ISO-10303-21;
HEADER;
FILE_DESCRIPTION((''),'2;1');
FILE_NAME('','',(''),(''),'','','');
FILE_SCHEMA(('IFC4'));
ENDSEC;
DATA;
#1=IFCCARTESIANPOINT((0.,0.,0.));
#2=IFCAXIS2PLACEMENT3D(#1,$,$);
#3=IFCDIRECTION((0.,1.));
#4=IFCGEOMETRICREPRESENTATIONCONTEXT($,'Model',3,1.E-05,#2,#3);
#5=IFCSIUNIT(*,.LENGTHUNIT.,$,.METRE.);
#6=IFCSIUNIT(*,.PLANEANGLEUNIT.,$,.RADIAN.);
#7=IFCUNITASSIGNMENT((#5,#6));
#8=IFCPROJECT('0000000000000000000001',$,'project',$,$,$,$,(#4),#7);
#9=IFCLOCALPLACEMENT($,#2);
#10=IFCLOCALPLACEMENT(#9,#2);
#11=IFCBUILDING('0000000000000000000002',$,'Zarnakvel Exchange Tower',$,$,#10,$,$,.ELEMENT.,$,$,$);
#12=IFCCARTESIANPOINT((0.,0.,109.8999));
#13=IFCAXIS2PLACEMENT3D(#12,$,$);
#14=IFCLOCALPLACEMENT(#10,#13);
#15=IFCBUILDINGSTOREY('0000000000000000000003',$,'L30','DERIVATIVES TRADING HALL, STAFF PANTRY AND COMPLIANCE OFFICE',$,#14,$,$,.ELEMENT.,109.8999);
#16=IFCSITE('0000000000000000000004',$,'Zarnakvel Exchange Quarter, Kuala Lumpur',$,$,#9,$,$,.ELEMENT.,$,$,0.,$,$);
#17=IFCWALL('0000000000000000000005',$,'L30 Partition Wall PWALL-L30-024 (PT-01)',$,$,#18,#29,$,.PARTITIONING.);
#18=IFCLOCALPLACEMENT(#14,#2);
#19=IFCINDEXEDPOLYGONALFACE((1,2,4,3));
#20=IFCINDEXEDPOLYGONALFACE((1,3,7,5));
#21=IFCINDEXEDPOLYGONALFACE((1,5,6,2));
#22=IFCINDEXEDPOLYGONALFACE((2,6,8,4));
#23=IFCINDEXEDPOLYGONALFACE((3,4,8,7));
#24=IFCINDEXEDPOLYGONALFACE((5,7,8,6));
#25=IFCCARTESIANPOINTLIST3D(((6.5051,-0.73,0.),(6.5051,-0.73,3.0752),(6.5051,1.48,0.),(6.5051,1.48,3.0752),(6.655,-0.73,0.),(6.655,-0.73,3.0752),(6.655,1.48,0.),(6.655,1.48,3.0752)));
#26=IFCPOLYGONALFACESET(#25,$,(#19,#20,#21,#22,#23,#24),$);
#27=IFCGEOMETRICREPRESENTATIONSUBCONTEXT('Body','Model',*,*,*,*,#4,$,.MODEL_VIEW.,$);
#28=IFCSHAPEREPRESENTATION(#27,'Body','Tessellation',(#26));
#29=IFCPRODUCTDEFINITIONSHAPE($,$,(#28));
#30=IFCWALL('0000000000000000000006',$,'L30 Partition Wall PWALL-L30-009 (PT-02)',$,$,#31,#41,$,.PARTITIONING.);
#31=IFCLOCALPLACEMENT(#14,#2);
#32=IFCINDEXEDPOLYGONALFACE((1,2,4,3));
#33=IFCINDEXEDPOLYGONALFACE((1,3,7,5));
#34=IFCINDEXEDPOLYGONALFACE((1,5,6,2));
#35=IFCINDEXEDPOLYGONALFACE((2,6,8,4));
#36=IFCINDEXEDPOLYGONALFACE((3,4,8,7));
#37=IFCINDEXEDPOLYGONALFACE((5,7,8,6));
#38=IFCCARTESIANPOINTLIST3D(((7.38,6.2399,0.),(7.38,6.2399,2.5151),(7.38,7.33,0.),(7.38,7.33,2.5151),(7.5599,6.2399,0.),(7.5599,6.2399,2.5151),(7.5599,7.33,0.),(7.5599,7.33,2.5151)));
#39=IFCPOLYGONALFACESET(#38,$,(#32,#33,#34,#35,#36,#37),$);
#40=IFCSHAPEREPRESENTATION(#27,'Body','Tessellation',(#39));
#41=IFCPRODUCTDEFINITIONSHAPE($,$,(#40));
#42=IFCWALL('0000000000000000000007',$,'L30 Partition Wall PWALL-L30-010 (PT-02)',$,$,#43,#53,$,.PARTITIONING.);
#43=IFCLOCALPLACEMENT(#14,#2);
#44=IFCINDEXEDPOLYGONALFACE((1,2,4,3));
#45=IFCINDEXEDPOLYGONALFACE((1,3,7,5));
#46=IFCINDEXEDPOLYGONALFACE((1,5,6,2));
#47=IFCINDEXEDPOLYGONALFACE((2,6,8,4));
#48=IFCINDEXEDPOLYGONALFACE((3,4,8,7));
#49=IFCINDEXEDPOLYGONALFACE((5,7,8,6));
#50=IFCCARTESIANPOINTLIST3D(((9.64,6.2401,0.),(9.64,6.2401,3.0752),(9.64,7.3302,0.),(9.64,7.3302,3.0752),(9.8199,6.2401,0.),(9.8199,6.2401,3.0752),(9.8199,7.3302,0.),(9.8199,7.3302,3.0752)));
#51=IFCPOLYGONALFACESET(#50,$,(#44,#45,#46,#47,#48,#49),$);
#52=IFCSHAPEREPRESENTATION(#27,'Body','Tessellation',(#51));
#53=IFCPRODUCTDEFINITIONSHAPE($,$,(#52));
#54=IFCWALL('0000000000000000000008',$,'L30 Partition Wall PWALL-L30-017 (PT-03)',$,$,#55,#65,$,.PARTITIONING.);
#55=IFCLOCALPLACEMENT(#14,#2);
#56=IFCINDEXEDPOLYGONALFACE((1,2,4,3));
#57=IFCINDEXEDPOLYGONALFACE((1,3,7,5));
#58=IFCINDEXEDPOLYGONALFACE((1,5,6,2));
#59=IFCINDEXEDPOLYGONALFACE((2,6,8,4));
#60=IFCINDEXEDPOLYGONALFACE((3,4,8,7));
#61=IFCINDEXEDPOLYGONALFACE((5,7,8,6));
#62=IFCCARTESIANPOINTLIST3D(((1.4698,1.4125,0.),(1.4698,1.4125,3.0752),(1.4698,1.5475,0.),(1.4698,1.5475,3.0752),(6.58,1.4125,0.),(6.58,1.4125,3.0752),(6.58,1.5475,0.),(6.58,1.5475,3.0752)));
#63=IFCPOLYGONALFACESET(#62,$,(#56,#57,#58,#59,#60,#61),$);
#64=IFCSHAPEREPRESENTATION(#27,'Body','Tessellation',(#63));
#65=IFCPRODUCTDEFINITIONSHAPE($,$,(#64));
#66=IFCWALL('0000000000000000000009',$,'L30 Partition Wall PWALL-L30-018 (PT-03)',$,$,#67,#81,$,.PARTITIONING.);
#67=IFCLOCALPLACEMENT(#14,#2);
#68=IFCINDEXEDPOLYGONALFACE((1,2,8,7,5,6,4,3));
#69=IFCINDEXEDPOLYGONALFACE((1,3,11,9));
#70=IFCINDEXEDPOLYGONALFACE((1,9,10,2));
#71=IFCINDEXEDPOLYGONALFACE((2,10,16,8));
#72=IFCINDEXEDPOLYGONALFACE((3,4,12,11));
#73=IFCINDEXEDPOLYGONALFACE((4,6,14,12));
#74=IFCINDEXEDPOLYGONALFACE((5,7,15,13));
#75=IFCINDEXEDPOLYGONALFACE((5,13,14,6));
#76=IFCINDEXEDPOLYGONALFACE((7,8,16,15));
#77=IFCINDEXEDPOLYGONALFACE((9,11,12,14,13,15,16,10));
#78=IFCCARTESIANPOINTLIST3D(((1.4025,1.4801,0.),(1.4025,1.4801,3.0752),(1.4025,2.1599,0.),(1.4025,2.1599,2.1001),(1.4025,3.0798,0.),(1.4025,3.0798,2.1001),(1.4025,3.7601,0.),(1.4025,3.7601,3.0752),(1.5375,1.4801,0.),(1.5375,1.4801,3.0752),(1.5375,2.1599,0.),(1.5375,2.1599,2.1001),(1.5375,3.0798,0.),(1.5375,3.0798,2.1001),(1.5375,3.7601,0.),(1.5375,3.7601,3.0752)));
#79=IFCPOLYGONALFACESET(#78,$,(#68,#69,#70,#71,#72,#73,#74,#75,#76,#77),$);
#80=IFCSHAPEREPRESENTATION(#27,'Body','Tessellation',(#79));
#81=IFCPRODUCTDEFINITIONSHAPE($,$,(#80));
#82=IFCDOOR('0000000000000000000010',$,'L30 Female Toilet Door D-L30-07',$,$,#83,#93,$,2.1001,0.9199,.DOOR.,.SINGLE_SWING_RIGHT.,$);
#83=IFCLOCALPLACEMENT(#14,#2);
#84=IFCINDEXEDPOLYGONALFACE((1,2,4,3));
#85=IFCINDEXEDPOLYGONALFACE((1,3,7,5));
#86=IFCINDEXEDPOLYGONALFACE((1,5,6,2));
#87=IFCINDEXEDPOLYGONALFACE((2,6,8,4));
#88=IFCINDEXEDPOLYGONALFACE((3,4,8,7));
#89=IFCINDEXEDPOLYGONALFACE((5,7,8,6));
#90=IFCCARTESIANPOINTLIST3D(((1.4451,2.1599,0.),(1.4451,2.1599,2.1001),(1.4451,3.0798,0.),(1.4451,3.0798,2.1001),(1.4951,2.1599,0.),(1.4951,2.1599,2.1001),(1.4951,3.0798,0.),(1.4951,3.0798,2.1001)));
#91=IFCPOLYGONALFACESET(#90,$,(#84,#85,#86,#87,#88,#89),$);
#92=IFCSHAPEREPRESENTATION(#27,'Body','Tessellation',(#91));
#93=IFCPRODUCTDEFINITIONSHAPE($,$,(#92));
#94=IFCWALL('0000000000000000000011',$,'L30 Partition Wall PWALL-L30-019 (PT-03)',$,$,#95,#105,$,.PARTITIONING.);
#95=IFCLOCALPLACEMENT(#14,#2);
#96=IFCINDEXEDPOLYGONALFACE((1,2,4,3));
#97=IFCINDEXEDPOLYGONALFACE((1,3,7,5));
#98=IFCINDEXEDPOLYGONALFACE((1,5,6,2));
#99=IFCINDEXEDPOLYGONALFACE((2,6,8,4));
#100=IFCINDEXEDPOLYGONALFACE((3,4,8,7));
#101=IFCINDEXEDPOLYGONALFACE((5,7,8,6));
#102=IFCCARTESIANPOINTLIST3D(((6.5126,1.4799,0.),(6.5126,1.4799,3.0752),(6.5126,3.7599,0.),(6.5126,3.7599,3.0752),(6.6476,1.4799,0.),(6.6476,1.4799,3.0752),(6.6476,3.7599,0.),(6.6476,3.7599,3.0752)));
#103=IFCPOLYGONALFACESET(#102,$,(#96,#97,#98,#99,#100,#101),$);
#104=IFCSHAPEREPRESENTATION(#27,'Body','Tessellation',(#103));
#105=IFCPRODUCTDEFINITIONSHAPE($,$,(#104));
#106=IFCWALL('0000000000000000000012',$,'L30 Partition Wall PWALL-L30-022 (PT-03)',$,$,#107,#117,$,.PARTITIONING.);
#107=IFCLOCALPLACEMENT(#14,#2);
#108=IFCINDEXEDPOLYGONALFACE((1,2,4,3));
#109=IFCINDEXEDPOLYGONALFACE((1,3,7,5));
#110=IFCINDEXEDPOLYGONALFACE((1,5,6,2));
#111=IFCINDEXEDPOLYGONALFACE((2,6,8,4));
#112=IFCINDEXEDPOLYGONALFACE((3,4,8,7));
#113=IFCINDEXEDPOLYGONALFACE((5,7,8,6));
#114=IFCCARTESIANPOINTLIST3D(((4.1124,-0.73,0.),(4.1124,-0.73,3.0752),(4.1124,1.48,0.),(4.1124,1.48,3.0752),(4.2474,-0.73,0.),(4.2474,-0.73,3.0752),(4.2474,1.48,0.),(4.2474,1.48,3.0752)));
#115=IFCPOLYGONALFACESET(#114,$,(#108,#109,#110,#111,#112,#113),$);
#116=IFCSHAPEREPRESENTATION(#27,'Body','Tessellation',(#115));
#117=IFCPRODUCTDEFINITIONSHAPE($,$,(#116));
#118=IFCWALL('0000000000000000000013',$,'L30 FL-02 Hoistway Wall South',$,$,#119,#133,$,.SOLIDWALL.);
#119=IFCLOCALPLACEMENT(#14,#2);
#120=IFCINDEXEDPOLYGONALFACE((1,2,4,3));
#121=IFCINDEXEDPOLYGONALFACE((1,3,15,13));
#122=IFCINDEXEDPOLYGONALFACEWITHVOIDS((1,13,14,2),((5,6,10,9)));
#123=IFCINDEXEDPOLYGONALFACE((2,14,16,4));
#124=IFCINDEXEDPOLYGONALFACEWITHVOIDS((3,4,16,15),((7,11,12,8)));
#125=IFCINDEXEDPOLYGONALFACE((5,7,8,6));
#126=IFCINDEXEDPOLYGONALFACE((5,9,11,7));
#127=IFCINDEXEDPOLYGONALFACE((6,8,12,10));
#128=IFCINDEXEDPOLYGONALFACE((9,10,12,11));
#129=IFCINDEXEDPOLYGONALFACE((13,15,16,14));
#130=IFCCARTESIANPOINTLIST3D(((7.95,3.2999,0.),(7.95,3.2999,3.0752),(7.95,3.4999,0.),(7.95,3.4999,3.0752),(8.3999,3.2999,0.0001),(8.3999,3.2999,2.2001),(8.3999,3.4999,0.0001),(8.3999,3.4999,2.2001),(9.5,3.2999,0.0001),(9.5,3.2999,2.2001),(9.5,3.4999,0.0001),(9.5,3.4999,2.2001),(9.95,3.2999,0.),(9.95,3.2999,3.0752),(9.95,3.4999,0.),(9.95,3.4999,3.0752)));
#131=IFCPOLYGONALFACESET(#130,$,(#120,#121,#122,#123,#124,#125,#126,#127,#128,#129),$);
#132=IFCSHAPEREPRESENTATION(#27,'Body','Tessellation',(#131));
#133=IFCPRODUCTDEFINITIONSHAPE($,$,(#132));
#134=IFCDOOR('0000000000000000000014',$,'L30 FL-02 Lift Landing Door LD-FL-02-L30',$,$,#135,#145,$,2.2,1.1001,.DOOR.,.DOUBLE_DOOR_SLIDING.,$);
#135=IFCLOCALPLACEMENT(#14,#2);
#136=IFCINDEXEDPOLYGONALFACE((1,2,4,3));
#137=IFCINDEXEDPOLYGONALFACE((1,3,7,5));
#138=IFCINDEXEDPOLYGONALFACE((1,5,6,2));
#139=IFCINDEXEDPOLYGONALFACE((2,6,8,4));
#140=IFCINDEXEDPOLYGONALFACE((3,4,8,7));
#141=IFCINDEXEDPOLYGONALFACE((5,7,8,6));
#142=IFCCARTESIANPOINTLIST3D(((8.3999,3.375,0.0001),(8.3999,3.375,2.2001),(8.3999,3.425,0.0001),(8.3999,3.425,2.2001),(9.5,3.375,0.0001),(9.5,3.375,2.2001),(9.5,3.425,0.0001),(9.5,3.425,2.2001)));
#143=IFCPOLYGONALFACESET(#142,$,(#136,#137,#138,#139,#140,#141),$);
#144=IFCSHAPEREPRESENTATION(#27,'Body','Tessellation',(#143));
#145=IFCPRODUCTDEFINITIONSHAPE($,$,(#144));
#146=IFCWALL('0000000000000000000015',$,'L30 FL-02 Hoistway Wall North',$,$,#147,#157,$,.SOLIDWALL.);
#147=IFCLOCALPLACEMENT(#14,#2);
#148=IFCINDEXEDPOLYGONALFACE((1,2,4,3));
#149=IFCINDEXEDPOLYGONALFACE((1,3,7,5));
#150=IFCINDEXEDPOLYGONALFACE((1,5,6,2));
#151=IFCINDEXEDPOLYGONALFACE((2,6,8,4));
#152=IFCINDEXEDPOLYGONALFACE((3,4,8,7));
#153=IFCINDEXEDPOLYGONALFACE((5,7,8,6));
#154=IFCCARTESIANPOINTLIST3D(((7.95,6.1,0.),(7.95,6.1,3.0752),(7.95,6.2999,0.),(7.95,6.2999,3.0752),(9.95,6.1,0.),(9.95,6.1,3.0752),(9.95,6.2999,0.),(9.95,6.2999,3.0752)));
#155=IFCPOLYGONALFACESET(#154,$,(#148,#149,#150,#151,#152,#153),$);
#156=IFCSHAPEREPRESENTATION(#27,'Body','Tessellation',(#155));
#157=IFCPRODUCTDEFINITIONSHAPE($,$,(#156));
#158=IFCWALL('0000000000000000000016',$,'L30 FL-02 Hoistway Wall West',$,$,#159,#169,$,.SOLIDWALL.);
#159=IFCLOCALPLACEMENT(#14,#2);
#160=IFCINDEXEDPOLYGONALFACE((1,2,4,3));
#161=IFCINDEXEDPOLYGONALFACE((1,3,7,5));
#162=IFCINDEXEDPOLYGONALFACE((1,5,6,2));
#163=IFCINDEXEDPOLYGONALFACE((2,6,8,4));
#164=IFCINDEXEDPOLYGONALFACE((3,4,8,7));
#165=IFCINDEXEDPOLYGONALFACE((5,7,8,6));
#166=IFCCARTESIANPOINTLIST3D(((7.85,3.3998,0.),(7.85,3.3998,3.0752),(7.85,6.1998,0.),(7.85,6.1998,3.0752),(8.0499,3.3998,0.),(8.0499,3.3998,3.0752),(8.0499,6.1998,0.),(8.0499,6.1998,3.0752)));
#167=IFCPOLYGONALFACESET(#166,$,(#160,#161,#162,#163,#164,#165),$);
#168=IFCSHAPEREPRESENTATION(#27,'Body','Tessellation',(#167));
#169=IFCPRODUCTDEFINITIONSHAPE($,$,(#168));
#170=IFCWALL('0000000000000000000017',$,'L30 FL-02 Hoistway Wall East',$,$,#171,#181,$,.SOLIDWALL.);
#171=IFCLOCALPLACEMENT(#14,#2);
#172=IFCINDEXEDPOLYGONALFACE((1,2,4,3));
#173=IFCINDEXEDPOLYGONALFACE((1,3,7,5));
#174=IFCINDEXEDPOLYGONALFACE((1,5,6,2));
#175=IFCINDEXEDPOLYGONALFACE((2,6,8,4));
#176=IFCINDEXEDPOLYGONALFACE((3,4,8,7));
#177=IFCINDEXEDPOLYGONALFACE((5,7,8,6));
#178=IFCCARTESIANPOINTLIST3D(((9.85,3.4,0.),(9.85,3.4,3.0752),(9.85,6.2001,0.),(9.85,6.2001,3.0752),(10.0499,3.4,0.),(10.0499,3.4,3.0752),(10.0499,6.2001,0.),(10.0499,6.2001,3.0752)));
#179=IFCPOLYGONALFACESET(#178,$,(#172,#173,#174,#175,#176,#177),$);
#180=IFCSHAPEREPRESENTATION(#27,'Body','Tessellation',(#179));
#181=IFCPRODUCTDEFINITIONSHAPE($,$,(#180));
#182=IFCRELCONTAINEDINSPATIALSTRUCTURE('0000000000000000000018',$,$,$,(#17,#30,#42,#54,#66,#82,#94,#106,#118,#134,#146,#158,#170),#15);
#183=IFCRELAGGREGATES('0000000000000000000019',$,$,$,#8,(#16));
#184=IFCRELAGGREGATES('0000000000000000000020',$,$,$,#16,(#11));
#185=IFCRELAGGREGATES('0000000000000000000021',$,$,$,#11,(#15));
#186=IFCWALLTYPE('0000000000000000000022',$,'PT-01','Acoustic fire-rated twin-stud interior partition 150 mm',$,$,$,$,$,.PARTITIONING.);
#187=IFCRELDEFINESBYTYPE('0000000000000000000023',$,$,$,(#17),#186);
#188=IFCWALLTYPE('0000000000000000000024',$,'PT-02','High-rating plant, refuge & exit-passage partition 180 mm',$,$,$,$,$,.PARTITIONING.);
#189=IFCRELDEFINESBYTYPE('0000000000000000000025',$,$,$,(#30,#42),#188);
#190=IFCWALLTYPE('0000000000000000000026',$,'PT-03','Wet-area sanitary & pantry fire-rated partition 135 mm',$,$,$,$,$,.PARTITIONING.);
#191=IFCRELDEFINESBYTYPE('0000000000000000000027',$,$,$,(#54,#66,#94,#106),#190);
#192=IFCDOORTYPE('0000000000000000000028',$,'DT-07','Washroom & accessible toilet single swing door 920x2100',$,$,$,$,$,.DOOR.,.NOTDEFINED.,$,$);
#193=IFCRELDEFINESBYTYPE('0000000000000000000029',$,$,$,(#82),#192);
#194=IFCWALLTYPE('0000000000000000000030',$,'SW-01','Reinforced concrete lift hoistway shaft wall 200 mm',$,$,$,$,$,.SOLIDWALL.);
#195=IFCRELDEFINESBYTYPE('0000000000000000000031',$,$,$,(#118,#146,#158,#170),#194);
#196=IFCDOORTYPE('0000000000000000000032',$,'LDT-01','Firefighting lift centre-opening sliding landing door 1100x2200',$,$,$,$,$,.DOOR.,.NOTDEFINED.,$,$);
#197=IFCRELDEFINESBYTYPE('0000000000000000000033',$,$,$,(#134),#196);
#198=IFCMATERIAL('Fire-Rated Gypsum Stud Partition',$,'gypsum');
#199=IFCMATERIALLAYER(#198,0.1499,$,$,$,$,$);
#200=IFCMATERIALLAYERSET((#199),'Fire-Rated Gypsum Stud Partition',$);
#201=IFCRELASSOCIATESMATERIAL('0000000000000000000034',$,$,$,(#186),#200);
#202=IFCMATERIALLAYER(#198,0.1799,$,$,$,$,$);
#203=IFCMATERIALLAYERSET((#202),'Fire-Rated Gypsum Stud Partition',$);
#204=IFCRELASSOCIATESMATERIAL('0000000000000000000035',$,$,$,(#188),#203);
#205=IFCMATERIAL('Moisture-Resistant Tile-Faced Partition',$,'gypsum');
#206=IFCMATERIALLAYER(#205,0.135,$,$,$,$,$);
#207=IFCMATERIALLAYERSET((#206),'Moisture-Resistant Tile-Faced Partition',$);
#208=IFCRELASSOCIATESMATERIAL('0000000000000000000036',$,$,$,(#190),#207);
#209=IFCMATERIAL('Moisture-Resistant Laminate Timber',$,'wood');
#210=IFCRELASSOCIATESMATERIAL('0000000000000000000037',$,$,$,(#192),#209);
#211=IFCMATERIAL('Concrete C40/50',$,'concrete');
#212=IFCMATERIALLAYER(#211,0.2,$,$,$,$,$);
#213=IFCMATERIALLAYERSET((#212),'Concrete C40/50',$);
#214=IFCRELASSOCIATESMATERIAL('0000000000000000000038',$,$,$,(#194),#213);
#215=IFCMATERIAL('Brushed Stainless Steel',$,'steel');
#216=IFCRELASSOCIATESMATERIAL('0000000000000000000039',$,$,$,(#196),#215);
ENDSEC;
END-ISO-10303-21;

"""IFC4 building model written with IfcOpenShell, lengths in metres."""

from ifc_helpers import new_model, si_unit, direction, frame, frame_2d, origin, place, context, subcontext, project, spatial, rectangle, extrude, source, transform, mapped, material, layer, layer_set, type_object, element, fill, save


model = new_model("IFC4")

# Units and contexts
model_context = context("Model", 3, precision=1e-05, world=origin(), true_north=direction((0.0, 1.0)))
body_context = subcontext(model_context, "Body", "Model", "MODEL_VIEW")
ifc_project = project(units=[si_unit("LENGTHUNIT", "METRE"), si_unit("PLANEANGLEUNIT", "RADIAN")], contexts=[model_context])

# Site, building, storey
site_placement = place(None, origin())
site = spatial("IfcSite", under=ifc_project, at=site_placement, Name="Zarnakvel Exchange Quarter, Kuala Lumpur", CompositionType="ELEMENT", RefElevation=0.0)
building_placement = place(site_placement, origin())
building = spatial("IfcBuilding", under=site, at=building_placement, Name="Zarnakvel Exchange Tower", CompositionType="ELEMENT")
storey_placement = place(building_placement, frame((0.0, 0.0, 109.8999)))
storey = spatial("IfcBuildingStorey", under=building, at=storey_placement, Name="L30", Description="DERIVATIVES TRADING HALL, STAFF PANTRY AND COMPLIANCE OFFICE", CompositionType="ELEMENT", Elevation=109.8999)

# Walls
ifc_material_1 = material(Name="Fire-Rated Gypsum Stud Partition", Category="gypsum")
ifc_layer_1 = layer(ifc_material_1, 0.1499)
ifc_layer_set_1 = layer_set([ifc_layer_1], Name="Fire-Rated Gypsum Stud Partition")
wall_type_1 = type_object("IfcWallType", Name="PT-01", Description="Acoustic fire-rated twin-stud interior partition 150 mm", PredefinedType="PARTITIONING", material=ifc_layer_set_1)
wall_1_placement = place(storey_placement, frame((6.5801, 1.48, 0.0), z_axis=(0.0, 0.0, 1.0), x_axis=(0.0, -1.0, 0.0)))
element("IfcWall", 1, at=wall_1_placement, inside=storey, type_object=wall_type_1, Name="L30 Partition Wall PWALL-L30-024 (PT-01)", PredefinedType="PARTITIONING", context=body_context, shape_type="SweptSolid", body=[
    extrude(rectangle(XDim=2.21, YDim=0.1499, at=frame_2d((1.105, 0.0))), origin(), (0.0, 0.0, 1.0), 3.0752),
])
ifc_layer_2 = layer(ifc_material_1, 0.1799)
ifc_layer_set_2 = layer_set([ifc_layer_2], Name="Fire-Rated Gypsum Stud Partition")
wall_type_2 = type_object("IfcWallType", Name="PT-02", Description="High-rating plant, refuge & exit-passage partition 180 mm", PredefinedType="PARTITIONING", material=ifc_layer_set_2)
wall_2_placement = place(storey_placement, frame((7.47, 6.24, 0.0), z_axis=(0.0, 0.0, 1.0), x_axis=(0.0, 1.0, 0.0)))
element("IfcWall", 2, at=wall_2_placement, inside=storey, type_object=wall_type_2, Name="L30 Partition Wall PWALL-L30-009 (PT-02)", PredefinedType="PARTITIONING", context=body_context, shape_type="SweptSolid", body=[
    extrude(rectangle(XDim=1.0901, YDim=0.1799, at=frame_2d((0.5449, 0.0))), origin(), (0.0, 0.0, 1.0), 2.5151),
])
wall_3_placement = place(storey_placement, frame((9.73, 7.3301, 0.0), z_axis=(0.0, 0.0, 1.0), x_axis=(0.0, -1.0, 0.0)))
element("IfcWall", 3, at=wall_3_placement, inside=storey, type_object=wall_type_2, Name="L30 Partition Wall PWALL-L30-010 (PT-02)", PredefinedType="PARTITIONING", context=body_context, shape_type="SweptSolid", body=[
    extrude(rectangle(XDim=1.0901, YDim=0.1799, at=frame_2d((0.5449, 0.0))), origin(), (0.0, 0.0, 1.0), 3.0752),
])
ifc_material_2 = material(Name="Moisture-Resistant Tile-Faced Partition", Category="gypsum")
ifc_layer_3 = layer(ifc_material_2, 0.135)
ifc_layer_set_3 = layer_set([ifc_layer_3], Name="Moisture-Resistant Tile-Faced Partition")
wall_type_3 = type_object("IfcWallType", Name="PT-03", Description="Wet-area sanitary & pantry fire-rated partition 135 mm", PredefinedType="PARTITIONING", material=ifc_layer_set_3)
wall_4_placement = place(storey_placement, frame((6.5801, 1.48, 0.0), z_axis=(0.0, 0.0, 1.0), x_axis=(-1.0, 0.0, 0.0)))
element("IfcWall", 4, at=wall_4_placement, inside=storey, type_object=wall_type_3, Name="L30 Partition Wall PWALL-L30-017 (PT-03)", PredefinedType="PARTITIONING", context=body_context, shape_type="SweptSolid", body=[
    extrude(rectangle(XDim=5.1101, YDim=0.135, at=frame_2d((2.5552, 0.0))), origin(), (0.0, 0.0, 1.0), 3.0752),
])

# Wall, opening, door
wall_5_placement = place(storey_placement, frame((1.47, 1.48, 0.0), z_axis=(0.0, 0.0, 1.0), x_axis=(0.0, 1.0, 0.0)))
wall_5 = element("IfcWall", 5, at=wall_5_placement, inside=storey, type_object=wall_type_3, Name="L30 Partition Wall PWALL-L30-018 (PT-03)", PredefinedType="PARTITIONING", context=body_context, shape_type="SweptSolid", body=[
    extrude(rectangle(XDim=2.28, YDim=0.135, at=frame_2d((1.1401, 0.0))), origin(), (0.0, 0.0, 1.0), 3.0752),
])
opening_1_placement = place(wall_5_placement, frame((0.6799, 0.0, 0.0)))
opening_1 = element("IfcOpeningElement", 6, at=opening_1_placement, cuts=wall_5, PredefinedType="OPENING", context=body_context, shape_type="SweptSolid", body=[
    extrude(rectangle(XDim=0.9199, YDim=2.1001, at=frame_2d((0.46, 1.05))), frame((0.0, 0.0774, 0.0), z_axis=(0.0, -1.0, 0.0), x_axis=(1.0, 0.0, 0.0)), (0.0, 0.0, 1.0), 0.155),
])
ifc_material_3 = material(Name="Moisture-Resistant Laminate Timber", Category="wood")
door_type_1 = type_object("IfcDoorType", Name="DT-07", Description="Washroom & accessible toilet single swing door 920x2100", OperationType="NOTDEFINED", PredefinedType="DOOR", material=ifc_material_3)
shared_shape_1 = source(origin(), body_context, "Body", "SweptSolid", [
    extrude(rectangle(XDim=0.9199, YDim=2.1001, at=frame_2d((0.46, 1.05))), frame((0.0, 0.0249, 0.0), z_axis=(0.0, -1.0, 0.0), x_axis=(1.0, 0.0, 0.0)), (0.0, 0.0, 1.0), 0.05),
])
door_1_placement = place(opening_1_placement, origin())
door_1 = element("IfcDoor", 7, at=door_1_placement, inside=storey, type_object=door_type_1, Name="L30 Female Toilet Door D-L30-07", OperationType="SINGLE_SWING_RIGHT", OverallHeight=2.1001, OverallWidth=0.9199, PredefinedType="DOOR", context=body_context, shape_type="MappedRepresentation", body=[
    mapped(shared_shape_1, transform((0.0, 0.0, 0.0), x_axis=(1.0, 0.0, 0.0), y_axis=(0.0, 1.0, 0.0), z_axis=(0.0, 0.0, 1.0), scale=1.0)),
])
fill(opening_1, door_1)

# Walls
wall_6_placement = place(storey_placement, frame((6.5801, 3.76, 0.0), z_axis=(0.0, 0.0, 1.0), x_axis=(0.0, -1.0, 0.0)))
element("IfcWall", 8, at=wall_6_placement, inside=storey, type_object=wall_type_3, Name="L30 Partition Wall PWALL-L30-019 (PT-03)", PredefinedType="PARTITIONING", context=body_context, shape_type="SweptSolid", body=[
    extrude(rectangle(XDim=2.28, YDim=0.135, at=frame_2d((1.1401, 0.0))), origin(), (0.0, 0.0, 1.0), 3.0752),
])
wall_7_placement = place(storey_placement, frame((4.1799, 1.48, 0.0), z_axis=(0.0, 0.0, 1.0), x_axis=(0.0, -1.0, 0.0)))
element("IfcWall", 9, at=wall_7_placement, inside=storey, type_object=wall_type_3, Name="L30 Partition Wall PWALL-L30-022 (PT-03)", PredefinedType="PARTITIONING", context=body_context, shape_type="SweptSolid", body=[
    extrude(rectangle(XDim=2.21, YDim=0.135, at=frame_2d((1.105, 0.0))), origin(), (0.0, 0.0, 1.0), 3.0752),
])

# Wall, opening, door
ifc_material_4 = material(Name="Concrete C40/50", Category="concrete")
ifc_layer_4 = layer(ifc_material_4, 0.2)
ifc_layer_set_4 = layer_set([ifc_layer_4], Name="Concrete C40/50")
wall_type_4 = type_object("IfcWallType", Name="SW-01", Description="Reinforced concrete lift hoistway shaft wall 200 mm", PredefinedType="SOLIDWALL", material=ifc_layer_set_4)
wall_8_placement = place(storey_placement, frame((9.95, 3.3999, 0.0), z_axis=(0.0, 0.0, 1.0), x_axis=(-1.0, 0.0, 0.0)))
wall_8 = element("IfcWall", 10, at=wall_8_placement, inside=storey, type_object=wall_type_4, Name="L30 FL-02 Hoistway Wall South", PredefinedType="SOLIDWALL", context=body_context, shape_type="SweptSolid", body=[
    extrude(rectangle(XDim=2.0, YDim=0.2, at=frame_2d((1.0, 0.0))), origin(), (0.0, 0.0, 1.0), 3.0752),
])
opening_2_placement = place(wall_8_placement, frame((0.45, 0.0, 0.0)))
opening_2 = element("IfcOpeningElement", 11, at=opening_2_placement, cuts=wall_8, PredefinedType="OPENING", context=body_context, shape_type="SweptSolid", body=[
    extrude(rectangle(XDim=1.1001, YDim=2.2, at=frame_2d((0.55, 1.1001))), frame((0.0, 0.1099, 0.0), z_axis=(0.0, -1.0, 0.0), x_axis=(1.0, 0.0, 0.0)), (0.0, 0.0, 1.0), 0.22),
])
ifc_material_5 = material(Name="Brushed Stainless Steel", Category="steel")
door_type_2 = type_object("IfcDoorType", Name="LDT-01", Description="Firefighting lift centre-opening sliding landing door 1100x2200", OperationType="NOTDEFINED", PredefinedType="DOOR", material=ifc_material_5)
shared_shape_2 = source(origin(), body_context, "Body", "SweptSolid", [
    extrude(rectangle(XDim=1.1001, YDim=2.2, at=frame_2d((0.55, 1.1001))), frame((0.0, 0.0249, 0.0), z_axis=(0.0, -1.0, 0.0), x_axis=(1.0, 0.0, 0.0)), (0.0, 0.0, 1.0), 0.05),
])
door_2_placement = place(opening_2_placement, origin())
door_2 = element("IfcDoor", 12, at=door_2_placement, inside=storey, type_object=door_type_2, Name="L30 FL-02 Lift Landing Door LD-FL-02-L30", OperationType="DOUBLE_DOOR_SLIDING", OverallHeight=2.2, OverallWidth=1.1001, PredefinedType="DOOR", context=body_context, shape_type="MappedRepresentation", body=[
    mapped(shared_shape_2, transform((0.0, 0.0, 0.0), x_axis=(1.0, 0.0, 0.0), y_axis=(0.0, 1.0, 0.0), z_axis=(0.0, 0.0, 1.0), scale=1.0)),
])
fill(opening_2, door_2)

# Walls
wall_9_placement = place(storey_placement, frame((7.95, 6.2, 0.0), z_axis=(0.0, 0.0, 1.0), x_axis=(1.0, 0.0, 0.0)))
element("IfcWall", 13, at=wall_9_placement, inside=storey, type_object=wall_type_4, Name="L30 FL-02 Hoistway Wall North", PredefinedType="SOLIDWALL", context=body_context, shape_type="SweptSolid", body=[
    extrude(rectangle(XDim=2.0, YDim=0.2, at=frame_2d((1.0, 0.0))), origin(), (0.0, 0.0, 1.0), 3.0752),
])
for number, where, z_axis, x_axis, name in (
    (14, (7.95, 3.3999, 0.0), (0.0, 0.0, 1.0), (0.0, 1.0, 0.0), "L30 FL-02 Hoistway Wall West"),
    (15, (9.95, 6.2, 0.0), (0.0, 0.0, 1.0), (0.0, -1.0, 0.0), "L30 FL-02 Hoistway Wall East"),
):
    element("IfcWall", number, at=place(storey_placement, frame(where, z_axis=z_axis, x_axis=x_axis)), inside=storey, type_object=wall_type_4, Name=name, PredefinedType="SOLIDWALL", context=body_context, shape_type="SweptSolid", body=[
        extrude(rectangle(XDim=2.8, YDim=0.2, at=frame_2d((1.3999, 0.0))), origin(), (0.0, 0.0, 1.0), 3.0752),
    ])

save(model, "model.ifc")
